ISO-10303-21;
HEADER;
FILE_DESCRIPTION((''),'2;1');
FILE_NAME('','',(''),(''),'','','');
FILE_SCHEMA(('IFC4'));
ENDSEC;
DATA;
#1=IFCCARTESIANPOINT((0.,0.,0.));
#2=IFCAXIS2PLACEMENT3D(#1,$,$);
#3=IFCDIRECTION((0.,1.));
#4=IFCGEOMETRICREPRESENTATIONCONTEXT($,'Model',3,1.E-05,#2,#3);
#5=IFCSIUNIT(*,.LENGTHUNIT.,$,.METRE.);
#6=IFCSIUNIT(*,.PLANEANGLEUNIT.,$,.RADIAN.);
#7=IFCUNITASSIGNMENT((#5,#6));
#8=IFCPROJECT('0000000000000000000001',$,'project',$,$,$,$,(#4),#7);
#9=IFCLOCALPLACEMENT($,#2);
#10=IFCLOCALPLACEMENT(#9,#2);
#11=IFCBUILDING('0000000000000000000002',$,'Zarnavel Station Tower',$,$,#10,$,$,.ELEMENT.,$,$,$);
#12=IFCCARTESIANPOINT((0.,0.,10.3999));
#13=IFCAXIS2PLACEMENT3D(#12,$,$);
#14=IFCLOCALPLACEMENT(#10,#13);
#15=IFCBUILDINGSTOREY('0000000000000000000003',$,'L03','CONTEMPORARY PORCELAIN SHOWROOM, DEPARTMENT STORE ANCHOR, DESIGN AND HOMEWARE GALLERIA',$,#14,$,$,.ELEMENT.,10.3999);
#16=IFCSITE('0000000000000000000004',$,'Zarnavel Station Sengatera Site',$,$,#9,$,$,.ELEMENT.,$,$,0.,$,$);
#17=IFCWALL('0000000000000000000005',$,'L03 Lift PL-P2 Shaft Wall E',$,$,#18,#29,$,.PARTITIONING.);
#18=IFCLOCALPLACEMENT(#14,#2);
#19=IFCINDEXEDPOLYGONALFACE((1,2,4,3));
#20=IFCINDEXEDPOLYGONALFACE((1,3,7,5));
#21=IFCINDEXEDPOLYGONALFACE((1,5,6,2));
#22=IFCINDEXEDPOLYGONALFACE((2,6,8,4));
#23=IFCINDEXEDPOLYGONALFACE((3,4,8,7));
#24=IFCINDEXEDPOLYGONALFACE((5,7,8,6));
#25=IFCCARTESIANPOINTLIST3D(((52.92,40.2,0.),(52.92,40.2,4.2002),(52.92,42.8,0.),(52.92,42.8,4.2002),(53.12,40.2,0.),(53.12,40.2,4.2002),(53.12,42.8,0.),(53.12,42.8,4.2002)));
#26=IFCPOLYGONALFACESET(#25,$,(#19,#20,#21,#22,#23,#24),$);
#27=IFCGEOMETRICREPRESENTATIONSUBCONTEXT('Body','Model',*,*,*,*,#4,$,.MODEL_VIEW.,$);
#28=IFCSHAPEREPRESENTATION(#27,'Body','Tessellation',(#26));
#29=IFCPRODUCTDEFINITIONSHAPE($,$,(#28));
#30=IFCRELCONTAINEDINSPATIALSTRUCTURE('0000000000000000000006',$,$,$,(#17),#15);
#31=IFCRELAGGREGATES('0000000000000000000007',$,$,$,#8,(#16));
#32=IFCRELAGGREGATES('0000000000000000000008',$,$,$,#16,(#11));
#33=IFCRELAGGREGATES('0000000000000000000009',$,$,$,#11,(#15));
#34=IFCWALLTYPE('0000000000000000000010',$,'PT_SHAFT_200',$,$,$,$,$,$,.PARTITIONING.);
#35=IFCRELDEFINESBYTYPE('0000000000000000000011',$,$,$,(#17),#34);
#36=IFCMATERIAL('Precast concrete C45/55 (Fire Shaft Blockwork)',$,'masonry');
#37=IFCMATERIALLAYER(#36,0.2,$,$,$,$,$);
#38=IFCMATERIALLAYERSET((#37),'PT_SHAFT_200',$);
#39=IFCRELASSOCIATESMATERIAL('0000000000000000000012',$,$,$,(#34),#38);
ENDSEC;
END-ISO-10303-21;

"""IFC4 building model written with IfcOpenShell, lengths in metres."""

from ifc_helpers import new_model, si_unit, direction, frame, frame_2d, origin, place, context, subcontext, project, spatial, rectangle, extrude, material, layer, layer_set, type_object, element, save


model = new_model("IFC4")

# Units and contexts
model_context = context("Model", 3, precision=1e-05, world=origin(), true_north=direction((0.0, 1.0)))
body_context = subcontext(model_context, "Body", "Model", "MODEL_VIEW")
ifc_project = project(units=[si_unit("LENGTHUNIT", "METRE"), si_unit("PLANEANGLEUNIT", "RADIAN")], contexts=[model_context])

# Site, building, storey
site_placement = place(None, origin())
site = spatial("IfcSite", under=ifc_project, at=site_placement, Name="Zarnavel Station Sengatera Site", CompositionType="ELEMENT", RefElevation=0.0)
building_placement = place(site_placement, origin())
building = spatial("IfcBuilding", under=site, at=building_placement, Name="Zarnavel Station Tower", CompositionType="ELEMENT")
storey_placement = place(building_placement, frame((0.0, 0.0, 10.3999)))
storey = spatial("IfcBuildingStorey", under=building, at=storey_placement, Name="L03", Description="CONTEMPORARY PORCELAIN SHOWROOM, DEPARTMENT STORE ANCHOR, DESIGN AND HOMEWARE GALLERIA", CompositionType="ELEMENT", Elevation=10.3999)

# Shared definitions
ifc_material_1 = material(Name="Precast concrete C45/55 (Fire Shaft Blockwork)", Category="masonry")
ifc_layer_1 = layer(ifc_material_1, 0.2)
ifc_layer_set_1 = layer_set([ifc_layer_1], Name="PT_SHAFT_200")
wall_type_1 = type_object("IfcWallType", Name="PT_SHAFT_200", PredefinedType="PARTITIONING", material=ifc_layer_set_1)

# Wall
wall_1_placement = place(storey_placement, frame((53.02, 40.2, 0.0), z_axis=(0.0, 0.0, 1.0), x_axis=(0.0, 1.0, 0.0)))
element("IfcWall", 1, at=wall_1_placement, inside=storey, type_object=wall_type_1, Name="L03 Lift PL-P2 Shaft Wall E", PredefinedType="PARTITIONING", context=body_context, shape_type="SweptSolid", body=[
    extrude(rectangle(XDim=2.6001, YDim=0.2, at=frame_2d((1.3, 0.0))), origin(), (0.0, 0.0, 1.0), 4.2002),
])

save(model, "model.ifc")
